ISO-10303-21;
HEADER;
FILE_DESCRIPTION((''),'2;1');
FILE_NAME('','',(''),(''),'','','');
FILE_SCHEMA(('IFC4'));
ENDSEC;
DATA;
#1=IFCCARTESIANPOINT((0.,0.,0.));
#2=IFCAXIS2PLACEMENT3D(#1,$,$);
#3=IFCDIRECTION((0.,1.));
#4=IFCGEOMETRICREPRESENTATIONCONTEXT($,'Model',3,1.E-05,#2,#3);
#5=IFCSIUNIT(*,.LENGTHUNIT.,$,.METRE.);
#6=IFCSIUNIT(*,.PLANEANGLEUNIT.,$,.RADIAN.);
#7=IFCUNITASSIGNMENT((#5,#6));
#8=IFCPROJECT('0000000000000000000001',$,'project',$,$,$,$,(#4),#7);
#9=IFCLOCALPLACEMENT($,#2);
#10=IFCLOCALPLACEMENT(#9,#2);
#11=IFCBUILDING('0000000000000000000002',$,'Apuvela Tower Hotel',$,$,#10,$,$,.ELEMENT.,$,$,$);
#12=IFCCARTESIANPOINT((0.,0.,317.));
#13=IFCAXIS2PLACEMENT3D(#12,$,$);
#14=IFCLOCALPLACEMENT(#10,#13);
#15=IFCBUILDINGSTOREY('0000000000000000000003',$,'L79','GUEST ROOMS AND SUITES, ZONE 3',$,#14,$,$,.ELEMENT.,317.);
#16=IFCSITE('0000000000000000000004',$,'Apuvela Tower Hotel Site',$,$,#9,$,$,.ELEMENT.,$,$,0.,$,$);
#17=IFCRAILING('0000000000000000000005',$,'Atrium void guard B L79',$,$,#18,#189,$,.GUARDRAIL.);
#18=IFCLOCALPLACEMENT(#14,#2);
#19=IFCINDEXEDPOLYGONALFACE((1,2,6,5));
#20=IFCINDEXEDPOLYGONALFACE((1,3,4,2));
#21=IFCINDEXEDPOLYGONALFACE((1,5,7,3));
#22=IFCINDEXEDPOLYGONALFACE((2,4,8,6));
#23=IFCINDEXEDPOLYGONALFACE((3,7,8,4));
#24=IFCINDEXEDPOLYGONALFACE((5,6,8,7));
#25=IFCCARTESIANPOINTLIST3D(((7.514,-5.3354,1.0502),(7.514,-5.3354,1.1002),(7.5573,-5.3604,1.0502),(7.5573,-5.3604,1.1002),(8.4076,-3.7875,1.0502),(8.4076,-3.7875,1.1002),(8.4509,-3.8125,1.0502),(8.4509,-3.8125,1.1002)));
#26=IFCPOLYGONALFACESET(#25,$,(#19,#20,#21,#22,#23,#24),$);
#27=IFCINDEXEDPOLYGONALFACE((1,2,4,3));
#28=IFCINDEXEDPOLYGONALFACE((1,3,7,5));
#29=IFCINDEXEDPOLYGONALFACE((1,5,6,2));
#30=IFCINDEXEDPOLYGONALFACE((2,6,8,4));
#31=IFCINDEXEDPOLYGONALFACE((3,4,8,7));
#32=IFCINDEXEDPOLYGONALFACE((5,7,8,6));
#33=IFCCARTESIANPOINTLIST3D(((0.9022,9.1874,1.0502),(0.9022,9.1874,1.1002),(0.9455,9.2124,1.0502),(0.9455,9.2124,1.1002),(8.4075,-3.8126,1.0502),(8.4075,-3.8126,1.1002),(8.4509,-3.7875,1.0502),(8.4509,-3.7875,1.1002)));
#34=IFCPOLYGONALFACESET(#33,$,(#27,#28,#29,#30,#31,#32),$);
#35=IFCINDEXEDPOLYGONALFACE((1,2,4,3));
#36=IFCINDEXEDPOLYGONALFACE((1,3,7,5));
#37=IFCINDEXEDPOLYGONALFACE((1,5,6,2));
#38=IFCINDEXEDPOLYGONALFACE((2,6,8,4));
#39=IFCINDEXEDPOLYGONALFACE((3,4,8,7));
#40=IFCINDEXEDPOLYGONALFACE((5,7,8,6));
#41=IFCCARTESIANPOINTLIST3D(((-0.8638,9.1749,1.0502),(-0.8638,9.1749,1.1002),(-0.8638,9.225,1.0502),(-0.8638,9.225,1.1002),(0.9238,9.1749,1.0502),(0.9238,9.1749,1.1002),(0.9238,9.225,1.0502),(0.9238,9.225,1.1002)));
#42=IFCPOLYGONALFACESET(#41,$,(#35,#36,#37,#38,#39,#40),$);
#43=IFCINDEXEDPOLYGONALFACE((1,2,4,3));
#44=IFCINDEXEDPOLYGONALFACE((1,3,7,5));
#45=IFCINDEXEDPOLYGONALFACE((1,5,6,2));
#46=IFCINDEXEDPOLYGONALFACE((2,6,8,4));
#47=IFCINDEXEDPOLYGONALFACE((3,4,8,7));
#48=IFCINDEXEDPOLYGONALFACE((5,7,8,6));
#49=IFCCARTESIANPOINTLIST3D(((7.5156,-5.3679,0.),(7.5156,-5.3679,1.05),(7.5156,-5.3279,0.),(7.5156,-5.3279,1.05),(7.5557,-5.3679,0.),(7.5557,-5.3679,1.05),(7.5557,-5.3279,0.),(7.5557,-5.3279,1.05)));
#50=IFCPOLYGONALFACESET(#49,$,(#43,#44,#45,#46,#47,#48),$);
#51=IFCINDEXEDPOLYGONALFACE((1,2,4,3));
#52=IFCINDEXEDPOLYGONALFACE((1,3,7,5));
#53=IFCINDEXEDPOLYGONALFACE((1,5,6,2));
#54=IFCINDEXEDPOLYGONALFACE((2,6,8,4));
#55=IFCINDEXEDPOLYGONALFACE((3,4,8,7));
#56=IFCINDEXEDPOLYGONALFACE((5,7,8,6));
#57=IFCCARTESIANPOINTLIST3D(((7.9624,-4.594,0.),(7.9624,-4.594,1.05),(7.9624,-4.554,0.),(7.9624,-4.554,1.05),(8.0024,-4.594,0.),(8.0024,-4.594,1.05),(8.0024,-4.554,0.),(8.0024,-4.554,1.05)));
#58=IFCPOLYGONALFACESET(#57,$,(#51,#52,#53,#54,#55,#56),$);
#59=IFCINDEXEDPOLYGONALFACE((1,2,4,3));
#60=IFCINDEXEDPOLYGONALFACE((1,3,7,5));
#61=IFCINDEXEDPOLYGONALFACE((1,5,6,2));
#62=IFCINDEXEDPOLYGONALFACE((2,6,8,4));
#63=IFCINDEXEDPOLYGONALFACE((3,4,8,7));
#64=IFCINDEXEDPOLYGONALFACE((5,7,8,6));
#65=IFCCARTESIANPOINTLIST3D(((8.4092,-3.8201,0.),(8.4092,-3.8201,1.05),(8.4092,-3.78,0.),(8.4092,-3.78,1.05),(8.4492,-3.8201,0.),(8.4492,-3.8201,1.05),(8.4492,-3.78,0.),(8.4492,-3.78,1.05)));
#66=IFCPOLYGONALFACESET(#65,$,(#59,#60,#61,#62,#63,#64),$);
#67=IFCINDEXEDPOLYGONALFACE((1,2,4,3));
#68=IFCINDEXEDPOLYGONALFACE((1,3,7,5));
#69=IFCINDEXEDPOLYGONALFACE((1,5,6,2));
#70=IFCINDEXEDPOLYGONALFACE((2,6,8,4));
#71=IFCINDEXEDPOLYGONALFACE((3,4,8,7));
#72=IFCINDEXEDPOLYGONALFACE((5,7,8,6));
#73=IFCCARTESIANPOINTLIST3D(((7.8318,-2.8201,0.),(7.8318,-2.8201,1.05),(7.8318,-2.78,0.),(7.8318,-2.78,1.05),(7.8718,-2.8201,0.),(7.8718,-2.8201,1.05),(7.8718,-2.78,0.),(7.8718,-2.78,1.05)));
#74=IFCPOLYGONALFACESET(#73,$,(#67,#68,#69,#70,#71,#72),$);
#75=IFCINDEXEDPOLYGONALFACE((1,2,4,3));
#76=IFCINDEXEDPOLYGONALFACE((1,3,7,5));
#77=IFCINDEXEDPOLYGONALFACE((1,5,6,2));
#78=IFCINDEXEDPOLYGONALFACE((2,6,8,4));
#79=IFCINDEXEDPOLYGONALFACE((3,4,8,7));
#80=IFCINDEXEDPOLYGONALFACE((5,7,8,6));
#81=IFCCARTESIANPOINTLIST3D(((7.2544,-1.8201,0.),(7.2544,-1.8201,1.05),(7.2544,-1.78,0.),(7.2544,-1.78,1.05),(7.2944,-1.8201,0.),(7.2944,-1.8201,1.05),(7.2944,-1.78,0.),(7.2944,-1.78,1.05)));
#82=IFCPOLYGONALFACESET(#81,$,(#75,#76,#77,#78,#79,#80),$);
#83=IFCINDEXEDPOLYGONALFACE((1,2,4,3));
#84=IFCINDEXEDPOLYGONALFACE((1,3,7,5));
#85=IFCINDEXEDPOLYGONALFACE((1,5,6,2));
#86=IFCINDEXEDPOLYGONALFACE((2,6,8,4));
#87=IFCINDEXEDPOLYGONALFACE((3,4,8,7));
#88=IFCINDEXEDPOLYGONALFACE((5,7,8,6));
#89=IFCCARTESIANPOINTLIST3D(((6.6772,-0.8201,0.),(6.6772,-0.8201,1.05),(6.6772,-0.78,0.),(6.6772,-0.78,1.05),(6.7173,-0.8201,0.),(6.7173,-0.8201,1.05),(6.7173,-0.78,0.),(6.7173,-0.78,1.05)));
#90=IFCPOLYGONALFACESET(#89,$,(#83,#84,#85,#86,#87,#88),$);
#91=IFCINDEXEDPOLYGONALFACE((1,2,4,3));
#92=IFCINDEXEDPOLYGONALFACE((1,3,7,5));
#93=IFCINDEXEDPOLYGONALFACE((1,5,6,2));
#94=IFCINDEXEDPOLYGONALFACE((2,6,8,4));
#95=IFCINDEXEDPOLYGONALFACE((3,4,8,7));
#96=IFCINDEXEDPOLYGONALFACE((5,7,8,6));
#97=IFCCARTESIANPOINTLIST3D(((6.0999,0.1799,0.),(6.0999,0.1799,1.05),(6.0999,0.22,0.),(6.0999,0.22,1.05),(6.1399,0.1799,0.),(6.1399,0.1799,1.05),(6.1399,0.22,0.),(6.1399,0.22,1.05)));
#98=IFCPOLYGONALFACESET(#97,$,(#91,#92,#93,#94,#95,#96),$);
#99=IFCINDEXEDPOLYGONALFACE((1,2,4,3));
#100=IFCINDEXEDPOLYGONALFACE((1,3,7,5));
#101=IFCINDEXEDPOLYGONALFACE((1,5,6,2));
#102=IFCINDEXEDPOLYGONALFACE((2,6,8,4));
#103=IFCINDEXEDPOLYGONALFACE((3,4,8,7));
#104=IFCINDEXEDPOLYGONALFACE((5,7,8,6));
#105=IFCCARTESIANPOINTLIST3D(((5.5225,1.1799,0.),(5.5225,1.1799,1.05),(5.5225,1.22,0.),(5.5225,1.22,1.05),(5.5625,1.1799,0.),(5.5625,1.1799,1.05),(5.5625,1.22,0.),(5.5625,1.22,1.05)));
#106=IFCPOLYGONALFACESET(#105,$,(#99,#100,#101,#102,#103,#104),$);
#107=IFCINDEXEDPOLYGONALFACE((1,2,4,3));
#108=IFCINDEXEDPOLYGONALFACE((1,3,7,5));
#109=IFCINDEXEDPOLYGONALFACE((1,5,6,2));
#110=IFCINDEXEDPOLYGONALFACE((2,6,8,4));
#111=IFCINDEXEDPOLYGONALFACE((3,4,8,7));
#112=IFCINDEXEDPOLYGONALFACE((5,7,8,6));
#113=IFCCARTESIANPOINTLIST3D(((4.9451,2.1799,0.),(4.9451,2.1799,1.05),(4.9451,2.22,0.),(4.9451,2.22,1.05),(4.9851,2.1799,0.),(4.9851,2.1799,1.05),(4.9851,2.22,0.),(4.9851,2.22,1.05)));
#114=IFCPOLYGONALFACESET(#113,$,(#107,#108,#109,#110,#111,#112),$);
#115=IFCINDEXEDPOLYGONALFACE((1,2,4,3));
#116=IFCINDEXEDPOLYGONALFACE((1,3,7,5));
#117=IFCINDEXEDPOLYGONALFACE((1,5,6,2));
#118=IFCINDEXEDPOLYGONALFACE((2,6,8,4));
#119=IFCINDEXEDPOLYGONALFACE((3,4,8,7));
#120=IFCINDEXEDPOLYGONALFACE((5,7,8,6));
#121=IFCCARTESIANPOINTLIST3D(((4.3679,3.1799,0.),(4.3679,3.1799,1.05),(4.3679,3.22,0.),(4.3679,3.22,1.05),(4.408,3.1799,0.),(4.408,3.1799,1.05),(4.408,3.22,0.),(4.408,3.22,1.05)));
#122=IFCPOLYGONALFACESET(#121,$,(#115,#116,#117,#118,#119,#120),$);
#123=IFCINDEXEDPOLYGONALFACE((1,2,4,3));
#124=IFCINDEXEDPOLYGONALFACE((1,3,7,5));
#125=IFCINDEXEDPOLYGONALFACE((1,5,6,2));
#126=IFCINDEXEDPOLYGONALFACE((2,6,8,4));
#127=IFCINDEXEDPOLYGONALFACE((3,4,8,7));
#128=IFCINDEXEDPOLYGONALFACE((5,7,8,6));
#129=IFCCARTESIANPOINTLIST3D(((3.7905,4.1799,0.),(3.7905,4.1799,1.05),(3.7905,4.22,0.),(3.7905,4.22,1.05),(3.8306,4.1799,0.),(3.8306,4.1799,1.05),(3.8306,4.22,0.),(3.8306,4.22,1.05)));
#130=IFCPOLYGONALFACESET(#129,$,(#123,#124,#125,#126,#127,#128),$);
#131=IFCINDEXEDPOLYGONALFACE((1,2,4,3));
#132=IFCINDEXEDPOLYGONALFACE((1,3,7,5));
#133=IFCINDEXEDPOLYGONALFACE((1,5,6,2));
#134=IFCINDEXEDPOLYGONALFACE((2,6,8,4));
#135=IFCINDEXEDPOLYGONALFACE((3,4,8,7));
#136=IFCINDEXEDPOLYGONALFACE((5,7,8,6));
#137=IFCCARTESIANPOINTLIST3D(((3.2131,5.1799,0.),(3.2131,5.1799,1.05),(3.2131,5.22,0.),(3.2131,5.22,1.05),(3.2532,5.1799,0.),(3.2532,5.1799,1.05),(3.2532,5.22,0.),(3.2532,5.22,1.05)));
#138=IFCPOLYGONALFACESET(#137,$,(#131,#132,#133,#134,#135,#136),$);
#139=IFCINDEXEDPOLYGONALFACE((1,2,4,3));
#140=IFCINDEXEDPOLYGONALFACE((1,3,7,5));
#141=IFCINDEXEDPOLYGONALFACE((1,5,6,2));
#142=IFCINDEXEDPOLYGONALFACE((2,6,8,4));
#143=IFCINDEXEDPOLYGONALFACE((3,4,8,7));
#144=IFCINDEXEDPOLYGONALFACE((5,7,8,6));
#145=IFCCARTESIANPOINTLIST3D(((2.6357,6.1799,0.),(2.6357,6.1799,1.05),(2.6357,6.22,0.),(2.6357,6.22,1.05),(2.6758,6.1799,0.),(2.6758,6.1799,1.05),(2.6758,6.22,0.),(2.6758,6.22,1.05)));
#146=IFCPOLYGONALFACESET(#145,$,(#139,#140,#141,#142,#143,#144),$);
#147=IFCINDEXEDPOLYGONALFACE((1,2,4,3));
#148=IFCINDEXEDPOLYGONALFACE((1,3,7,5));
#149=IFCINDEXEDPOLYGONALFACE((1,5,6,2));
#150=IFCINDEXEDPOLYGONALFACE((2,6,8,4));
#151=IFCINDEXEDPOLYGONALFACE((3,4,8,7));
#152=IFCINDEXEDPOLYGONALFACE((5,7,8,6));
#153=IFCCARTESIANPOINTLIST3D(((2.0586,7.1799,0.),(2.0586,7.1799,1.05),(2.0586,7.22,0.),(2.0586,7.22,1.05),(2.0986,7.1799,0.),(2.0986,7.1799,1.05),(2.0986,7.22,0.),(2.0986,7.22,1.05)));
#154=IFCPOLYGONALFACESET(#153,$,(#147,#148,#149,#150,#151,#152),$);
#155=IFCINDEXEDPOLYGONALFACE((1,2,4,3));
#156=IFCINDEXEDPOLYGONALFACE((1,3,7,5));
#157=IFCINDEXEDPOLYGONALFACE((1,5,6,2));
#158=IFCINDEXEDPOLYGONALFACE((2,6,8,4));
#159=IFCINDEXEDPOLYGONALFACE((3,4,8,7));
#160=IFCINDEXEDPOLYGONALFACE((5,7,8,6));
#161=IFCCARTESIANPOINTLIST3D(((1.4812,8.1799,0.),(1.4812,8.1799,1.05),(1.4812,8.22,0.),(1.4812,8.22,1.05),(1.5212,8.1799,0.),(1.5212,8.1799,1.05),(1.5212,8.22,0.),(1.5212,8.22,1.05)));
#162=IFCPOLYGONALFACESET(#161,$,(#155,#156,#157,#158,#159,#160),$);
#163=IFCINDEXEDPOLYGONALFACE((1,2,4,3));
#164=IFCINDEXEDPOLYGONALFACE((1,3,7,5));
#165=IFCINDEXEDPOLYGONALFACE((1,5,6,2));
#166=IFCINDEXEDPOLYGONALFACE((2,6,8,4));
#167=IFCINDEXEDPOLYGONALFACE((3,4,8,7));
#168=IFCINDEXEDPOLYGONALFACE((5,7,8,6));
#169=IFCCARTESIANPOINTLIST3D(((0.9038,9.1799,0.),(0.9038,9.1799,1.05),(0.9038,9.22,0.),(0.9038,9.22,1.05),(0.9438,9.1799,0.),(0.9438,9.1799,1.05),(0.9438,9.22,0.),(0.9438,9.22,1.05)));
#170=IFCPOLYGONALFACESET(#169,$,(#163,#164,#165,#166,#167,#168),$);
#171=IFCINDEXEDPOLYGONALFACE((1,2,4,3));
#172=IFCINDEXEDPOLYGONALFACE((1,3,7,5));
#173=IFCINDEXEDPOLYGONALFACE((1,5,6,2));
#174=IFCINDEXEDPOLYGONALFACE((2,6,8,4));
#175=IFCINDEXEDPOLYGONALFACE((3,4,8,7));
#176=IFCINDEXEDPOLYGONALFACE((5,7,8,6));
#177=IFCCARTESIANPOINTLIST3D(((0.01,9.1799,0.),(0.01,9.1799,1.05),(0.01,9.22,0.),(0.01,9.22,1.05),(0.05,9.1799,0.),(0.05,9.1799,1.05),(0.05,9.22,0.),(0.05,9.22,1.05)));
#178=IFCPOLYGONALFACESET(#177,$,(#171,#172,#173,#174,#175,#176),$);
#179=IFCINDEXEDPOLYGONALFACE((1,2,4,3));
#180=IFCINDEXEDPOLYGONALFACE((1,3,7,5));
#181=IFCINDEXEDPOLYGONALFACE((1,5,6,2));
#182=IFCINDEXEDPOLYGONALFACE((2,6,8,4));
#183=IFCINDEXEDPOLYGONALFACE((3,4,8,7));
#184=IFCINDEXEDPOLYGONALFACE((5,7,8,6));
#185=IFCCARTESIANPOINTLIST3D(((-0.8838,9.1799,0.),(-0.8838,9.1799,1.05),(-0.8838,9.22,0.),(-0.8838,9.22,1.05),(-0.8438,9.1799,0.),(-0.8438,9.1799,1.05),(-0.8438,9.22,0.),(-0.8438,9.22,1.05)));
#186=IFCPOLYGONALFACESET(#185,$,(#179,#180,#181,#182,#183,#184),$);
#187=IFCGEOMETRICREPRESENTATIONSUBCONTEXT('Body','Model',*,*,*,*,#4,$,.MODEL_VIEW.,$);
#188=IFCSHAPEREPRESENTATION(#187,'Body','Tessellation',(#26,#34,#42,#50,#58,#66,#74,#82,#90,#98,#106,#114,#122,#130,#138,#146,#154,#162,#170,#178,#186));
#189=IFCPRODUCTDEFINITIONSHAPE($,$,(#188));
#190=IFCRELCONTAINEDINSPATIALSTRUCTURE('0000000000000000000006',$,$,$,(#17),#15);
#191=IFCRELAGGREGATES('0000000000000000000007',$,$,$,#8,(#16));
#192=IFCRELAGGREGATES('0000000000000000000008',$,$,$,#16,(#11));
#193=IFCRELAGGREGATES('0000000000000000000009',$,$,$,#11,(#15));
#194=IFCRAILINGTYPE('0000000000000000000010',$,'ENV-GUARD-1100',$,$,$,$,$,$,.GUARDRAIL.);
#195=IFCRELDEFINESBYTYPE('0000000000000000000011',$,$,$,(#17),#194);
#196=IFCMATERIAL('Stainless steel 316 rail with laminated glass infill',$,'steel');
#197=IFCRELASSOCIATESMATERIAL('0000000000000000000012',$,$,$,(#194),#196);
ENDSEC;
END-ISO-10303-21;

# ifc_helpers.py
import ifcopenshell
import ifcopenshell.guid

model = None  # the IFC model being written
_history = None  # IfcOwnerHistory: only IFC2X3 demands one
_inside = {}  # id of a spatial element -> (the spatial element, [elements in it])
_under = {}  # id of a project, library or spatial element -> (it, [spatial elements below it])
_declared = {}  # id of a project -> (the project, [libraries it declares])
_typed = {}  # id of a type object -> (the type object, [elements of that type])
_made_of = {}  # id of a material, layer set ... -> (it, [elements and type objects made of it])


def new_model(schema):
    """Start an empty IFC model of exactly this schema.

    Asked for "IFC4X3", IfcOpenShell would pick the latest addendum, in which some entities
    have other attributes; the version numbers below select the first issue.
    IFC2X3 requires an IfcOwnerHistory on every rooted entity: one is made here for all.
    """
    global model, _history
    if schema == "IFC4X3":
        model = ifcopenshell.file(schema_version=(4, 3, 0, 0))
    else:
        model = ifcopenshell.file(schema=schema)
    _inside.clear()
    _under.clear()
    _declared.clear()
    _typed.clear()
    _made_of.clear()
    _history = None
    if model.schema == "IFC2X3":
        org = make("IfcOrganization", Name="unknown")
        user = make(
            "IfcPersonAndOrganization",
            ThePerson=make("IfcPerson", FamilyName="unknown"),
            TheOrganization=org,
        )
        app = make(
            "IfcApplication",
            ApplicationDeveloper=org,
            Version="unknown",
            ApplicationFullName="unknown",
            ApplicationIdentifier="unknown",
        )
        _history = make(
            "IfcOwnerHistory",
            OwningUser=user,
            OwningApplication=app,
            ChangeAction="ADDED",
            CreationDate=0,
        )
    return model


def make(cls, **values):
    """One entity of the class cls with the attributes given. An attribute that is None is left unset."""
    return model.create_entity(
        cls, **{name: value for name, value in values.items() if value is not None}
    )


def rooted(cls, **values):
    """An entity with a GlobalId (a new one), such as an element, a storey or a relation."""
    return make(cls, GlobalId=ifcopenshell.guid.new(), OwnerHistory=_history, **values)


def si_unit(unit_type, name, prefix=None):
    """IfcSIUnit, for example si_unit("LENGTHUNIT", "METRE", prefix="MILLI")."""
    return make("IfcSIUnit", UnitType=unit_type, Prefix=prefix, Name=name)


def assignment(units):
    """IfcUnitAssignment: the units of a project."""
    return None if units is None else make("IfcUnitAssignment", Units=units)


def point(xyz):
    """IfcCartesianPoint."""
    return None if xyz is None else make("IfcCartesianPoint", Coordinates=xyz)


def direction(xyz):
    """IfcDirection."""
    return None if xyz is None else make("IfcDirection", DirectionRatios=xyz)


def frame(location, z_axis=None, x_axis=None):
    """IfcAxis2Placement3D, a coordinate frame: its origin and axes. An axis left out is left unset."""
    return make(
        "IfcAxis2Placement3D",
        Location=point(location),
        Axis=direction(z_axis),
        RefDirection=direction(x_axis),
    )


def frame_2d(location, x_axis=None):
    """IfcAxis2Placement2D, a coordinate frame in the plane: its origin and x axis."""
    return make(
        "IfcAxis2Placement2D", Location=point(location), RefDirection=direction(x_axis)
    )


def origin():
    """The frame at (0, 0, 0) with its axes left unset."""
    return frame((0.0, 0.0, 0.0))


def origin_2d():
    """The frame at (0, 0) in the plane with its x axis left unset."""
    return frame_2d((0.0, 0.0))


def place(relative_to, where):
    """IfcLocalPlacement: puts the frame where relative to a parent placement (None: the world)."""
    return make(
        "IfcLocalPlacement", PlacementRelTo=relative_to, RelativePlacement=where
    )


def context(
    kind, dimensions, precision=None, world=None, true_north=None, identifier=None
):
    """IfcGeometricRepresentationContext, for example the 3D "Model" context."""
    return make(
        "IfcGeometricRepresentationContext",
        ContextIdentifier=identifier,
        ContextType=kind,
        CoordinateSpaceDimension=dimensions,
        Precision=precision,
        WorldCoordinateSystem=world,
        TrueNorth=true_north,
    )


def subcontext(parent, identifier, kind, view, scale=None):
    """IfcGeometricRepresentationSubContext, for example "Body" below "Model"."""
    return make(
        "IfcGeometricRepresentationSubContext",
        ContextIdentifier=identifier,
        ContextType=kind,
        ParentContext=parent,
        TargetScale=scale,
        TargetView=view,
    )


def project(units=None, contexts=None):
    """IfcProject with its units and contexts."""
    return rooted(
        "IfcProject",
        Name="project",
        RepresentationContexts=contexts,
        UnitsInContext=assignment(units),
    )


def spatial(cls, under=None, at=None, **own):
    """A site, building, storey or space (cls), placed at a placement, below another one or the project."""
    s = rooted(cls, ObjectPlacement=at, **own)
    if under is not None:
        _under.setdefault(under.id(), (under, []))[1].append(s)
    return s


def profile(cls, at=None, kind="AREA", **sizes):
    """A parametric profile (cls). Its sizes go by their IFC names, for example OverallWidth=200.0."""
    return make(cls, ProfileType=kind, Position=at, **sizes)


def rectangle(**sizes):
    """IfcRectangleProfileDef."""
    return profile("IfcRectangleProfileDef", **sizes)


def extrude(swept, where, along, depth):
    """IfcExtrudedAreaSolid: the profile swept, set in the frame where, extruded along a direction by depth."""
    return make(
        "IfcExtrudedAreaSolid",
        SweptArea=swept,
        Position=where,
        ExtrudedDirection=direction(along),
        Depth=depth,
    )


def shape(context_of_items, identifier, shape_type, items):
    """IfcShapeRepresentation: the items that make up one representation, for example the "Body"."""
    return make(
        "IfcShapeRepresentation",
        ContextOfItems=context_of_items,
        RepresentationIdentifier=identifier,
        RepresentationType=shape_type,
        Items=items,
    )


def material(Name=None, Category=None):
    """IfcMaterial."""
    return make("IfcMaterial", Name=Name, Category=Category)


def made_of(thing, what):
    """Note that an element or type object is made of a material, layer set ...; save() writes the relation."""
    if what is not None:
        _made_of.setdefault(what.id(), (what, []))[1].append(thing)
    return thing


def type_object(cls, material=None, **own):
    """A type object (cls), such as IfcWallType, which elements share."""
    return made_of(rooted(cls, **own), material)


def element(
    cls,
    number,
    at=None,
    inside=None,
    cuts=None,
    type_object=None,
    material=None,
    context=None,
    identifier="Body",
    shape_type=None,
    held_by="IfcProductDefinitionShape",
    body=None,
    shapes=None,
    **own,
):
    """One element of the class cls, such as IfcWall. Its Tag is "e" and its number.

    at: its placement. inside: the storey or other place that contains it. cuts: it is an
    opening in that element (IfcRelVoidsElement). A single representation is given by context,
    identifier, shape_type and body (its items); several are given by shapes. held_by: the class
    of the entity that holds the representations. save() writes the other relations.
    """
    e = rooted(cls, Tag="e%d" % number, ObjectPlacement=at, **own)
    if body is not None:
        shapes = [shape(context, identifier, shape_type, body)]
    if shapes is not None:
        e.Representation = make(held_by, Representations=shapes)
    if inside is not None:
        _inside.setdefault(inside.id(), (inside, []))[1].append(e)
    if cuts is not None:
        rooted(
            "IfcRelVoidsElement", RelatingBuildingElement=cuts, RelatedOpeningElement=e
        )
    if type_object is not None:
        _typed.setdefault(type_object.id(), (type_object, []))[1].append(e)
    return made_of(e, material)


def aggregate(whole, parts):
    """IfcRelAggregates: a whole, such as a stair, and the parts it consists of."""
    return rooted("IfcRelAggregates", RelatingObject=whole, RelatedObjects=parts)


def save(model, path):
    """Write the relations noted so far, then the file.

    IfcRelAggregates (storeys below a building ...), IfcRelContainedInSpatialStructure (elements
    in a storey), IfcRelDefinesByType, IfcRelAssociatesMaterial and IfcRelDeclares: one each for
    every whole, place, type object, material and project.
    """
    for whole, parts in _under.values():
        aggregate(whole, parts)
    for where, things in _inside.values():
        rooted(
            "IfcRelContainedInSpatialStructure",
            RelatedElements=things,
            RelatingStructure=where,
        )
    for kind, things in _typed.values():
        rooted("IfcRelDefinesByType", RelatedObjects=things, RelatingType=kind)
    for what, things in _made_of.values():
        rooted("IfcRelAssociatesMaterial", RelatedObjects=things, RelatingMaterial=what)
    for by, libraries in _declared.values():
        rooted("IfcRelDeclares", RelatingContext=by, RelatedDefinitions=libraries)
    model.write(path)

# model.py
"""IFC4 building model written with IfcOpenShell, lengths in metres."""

from ifc_helpers import new_model, si_unit, direction, frame, origin, origin_2d, place, context, subcontext, project, spatial, rectangle, extrude, material, type_object, element, save


model = new_model("IFC4")

# Units and contexts
model_context = context("Model", 3, precision=1e-05, world=origin(), true_north=direction((0.0, 1.0)))
body_context = subcontext(model_context, "Body", "Model", "MODEL_VIEW")
ifc_project = project(units=[si_unit("LENGTHUNIT", "METRE"), si_unit("PLANEANGLEUNIT", "RADIAN")], contexts=[model_context])

# Site, building, storey
site_placement = place(None, origin())
site = spatial("IfcSite", under=ifc_project, at=site_placement, Name="Apuvela Tower Hotel Site", CompositionType="ELEMENT", RefElevation=0.0)
building_placement = place(site_placement, origin())
building = spatial("IfcBuilding", under=site, at=building_placement, Name="Apuvela Tower Hotel", CompositionType="ELEMENT")
storey_placement = place(building_placement, frame((0.0, 0.0, 317.0)))
storey = spatial("IfcBuildingStorey", under=building, at=storey_placement, Name="L79", Description="GUEST ROOMS AND SUITES, ZONE 3", CompositionType="ELEMENT", Elevation=317.0)

# Railing
ifc_material_1 = material(Name="Stainless steel 316 rail with laminated glass infill", Category="steel")
railing_type_1 = type_object("IfcRailingType", Name="ENV-GUARD-1100", PredefinedType="GUARDRAIL", material=ifc_material_1)
railing_1_placement = place(storey_placement, frame((7.5356, -5.3479, 0.0)))
element("IfcRailing", 1, at=railing_1_placement, inside=storey, type_object=railing_type_1, Name="Atrium void guard B L79", PredefinedType="GUARDRAIL", context=body_context, shape_type="SweptSolid", body=[
    extrude(rectangle(XDim=0.05, YDim=0.05, at=origin_2d()), frame((0.0, 0.0, 1.0752), z_axis=(0.499959, 0.866049, 0.0), x_axis=(-0.866049, 0.499959, 0.0)), (0.0, 0.0, 1.0), 1.7874),
    extrude(rectangle(XDim=0.05, YDim=0.05, at=origin_2d()), frame((0.8936, 1.5479, 1.0752), z_axis=(-0.499991, 0.866031, 0.0), x_axis=(-0.866031, -0.499991, 0.0)), (0.0, 0.0, 1.0), 15.011),
    extrude(rectangle(XDim=0.05, YDim=0.05, at=origin_2d()), frame((-6.6118, 14.5479, 1.0752), z_axis=(-1.0, 0.0, 0.0), x_axis=(0.0, -1.0, 0.0)), (0.0, 0.0, 1.0), 1.7876),
    extrude(rectangle(XDim=0.04, YDim=0.04, at=origin_2d()), origin(), (0.0, 0.0, 1.0), 1.05),
    extrude(rectangle(XDim=0.04, YDim=0.04, at=origin_2d()), frame((0.4468, 0.7739, 0.0)), (0.0, 0.0, 1.0), 1.05),
    extrude(rectangle(XDim=0.04, YDim=0.04, at=origin_2d()), frame((0.8936, 1.5479, 0.0)), (0.0, 0.0, 1.0), 1.05),
    extrude(rectangle(XDim=0.04, YDim=0.04, at=origin_2d()), frame((0.3162, 2.5479, 0.0)), (0.0, 0.0, 1.0), 1.05),
    extrude(rectangle(XDim=0.04, YDim=0.04, at=origin_2d()), frame((-0.2612, 3.5479, 0.0)), (0.0, 0.0, 1.0), 1.05),
    extrude(rectangle(XDim=0.04, YDim=0.04, at=origin_2d()), frame((-0.8384, 4.5479, 0.0)), (0.0, 0.0, 1.0), 1.05),
    extrude(rectangle(XDim=0.04, YDim=0.04, at=origin_2d()), frame((-1.4158, 5.5479, 0.0)), (0.0, 0.0, 1.0), 1.05),
    extrude(rectangle(XDim=0.04, YDim=0.04, at=origin_2d()), frame((-1.9932, 6.5479, 0.0)), (0.0, 0.0, 1.0), 1.05),
    extrude(rectangle(XDim=0.04, YDim=0.04, at=origin_2d()), frame((-2.5706, 7.5479, 0.0)), (0.0, 0.0, 1.0), 1.05),
    extrude(rectangle(XDim=0.04, YDim=0.04, at=origin_2d()), frame((-3.1477, 8.5479, 0.0)), (0.0, 0.0, 1.0), 1.05),
    extrude(rectangle(XDim=0.04, YDim=0.04, at=origin_2d()), frame((-3.7251, 9.5479, 0.0)), (0.0, 0.0, 1.0), 1.05),
    extrude(rectangle(XDim=0.04, YDim=0.04, at=origin_2d()), frame((-4.3025, 10.5479, 0.0)), (0.0, 0.0, 1.0), 1.05),
    extrude(rectangle(XDim=0.04, YDim=0.04, at=origin_2d()), frame((-4.8799, 11.5479, 0.0)), (0.0, 0.0, 1.0), 1.05),
    extrude(rectangle(XDim=0.04, YDim=0.04, at=origin_2d()), frame((-5.457, 12.5479, 0.0)), (0.0, 0.0, 1.0), 1.05),
    extrude(rectangle(XDim=0.04, YDim=0.04, at=origin_2d()), frame((-6.0344, 13.5479, 0.0)), (0.0, 0.0, 1.0), 1.05),
    extrude(rectangle(XDim=0.04, YDim=0.04, at=origin_2d()), frame((-6.6118, 14.5479, 0.0)), (0.0, 0.0, 1.0), 1.05),
    extrude(rectangle(XDim=0.04, YDim=0.04, at=origin_2d()), frame((-7.5056, 14.5479, 0.0)), (0.0, 0.0, 1.0), 1.05),
    extrude(rectangle(XDim=0.04, YDim=0.04, at=origin_2d()), frame((-8.3994, 14.5479, 0.0)), (0.0, 0.0, 1.0), 1.05),
])

save(model, "model.ifc")
